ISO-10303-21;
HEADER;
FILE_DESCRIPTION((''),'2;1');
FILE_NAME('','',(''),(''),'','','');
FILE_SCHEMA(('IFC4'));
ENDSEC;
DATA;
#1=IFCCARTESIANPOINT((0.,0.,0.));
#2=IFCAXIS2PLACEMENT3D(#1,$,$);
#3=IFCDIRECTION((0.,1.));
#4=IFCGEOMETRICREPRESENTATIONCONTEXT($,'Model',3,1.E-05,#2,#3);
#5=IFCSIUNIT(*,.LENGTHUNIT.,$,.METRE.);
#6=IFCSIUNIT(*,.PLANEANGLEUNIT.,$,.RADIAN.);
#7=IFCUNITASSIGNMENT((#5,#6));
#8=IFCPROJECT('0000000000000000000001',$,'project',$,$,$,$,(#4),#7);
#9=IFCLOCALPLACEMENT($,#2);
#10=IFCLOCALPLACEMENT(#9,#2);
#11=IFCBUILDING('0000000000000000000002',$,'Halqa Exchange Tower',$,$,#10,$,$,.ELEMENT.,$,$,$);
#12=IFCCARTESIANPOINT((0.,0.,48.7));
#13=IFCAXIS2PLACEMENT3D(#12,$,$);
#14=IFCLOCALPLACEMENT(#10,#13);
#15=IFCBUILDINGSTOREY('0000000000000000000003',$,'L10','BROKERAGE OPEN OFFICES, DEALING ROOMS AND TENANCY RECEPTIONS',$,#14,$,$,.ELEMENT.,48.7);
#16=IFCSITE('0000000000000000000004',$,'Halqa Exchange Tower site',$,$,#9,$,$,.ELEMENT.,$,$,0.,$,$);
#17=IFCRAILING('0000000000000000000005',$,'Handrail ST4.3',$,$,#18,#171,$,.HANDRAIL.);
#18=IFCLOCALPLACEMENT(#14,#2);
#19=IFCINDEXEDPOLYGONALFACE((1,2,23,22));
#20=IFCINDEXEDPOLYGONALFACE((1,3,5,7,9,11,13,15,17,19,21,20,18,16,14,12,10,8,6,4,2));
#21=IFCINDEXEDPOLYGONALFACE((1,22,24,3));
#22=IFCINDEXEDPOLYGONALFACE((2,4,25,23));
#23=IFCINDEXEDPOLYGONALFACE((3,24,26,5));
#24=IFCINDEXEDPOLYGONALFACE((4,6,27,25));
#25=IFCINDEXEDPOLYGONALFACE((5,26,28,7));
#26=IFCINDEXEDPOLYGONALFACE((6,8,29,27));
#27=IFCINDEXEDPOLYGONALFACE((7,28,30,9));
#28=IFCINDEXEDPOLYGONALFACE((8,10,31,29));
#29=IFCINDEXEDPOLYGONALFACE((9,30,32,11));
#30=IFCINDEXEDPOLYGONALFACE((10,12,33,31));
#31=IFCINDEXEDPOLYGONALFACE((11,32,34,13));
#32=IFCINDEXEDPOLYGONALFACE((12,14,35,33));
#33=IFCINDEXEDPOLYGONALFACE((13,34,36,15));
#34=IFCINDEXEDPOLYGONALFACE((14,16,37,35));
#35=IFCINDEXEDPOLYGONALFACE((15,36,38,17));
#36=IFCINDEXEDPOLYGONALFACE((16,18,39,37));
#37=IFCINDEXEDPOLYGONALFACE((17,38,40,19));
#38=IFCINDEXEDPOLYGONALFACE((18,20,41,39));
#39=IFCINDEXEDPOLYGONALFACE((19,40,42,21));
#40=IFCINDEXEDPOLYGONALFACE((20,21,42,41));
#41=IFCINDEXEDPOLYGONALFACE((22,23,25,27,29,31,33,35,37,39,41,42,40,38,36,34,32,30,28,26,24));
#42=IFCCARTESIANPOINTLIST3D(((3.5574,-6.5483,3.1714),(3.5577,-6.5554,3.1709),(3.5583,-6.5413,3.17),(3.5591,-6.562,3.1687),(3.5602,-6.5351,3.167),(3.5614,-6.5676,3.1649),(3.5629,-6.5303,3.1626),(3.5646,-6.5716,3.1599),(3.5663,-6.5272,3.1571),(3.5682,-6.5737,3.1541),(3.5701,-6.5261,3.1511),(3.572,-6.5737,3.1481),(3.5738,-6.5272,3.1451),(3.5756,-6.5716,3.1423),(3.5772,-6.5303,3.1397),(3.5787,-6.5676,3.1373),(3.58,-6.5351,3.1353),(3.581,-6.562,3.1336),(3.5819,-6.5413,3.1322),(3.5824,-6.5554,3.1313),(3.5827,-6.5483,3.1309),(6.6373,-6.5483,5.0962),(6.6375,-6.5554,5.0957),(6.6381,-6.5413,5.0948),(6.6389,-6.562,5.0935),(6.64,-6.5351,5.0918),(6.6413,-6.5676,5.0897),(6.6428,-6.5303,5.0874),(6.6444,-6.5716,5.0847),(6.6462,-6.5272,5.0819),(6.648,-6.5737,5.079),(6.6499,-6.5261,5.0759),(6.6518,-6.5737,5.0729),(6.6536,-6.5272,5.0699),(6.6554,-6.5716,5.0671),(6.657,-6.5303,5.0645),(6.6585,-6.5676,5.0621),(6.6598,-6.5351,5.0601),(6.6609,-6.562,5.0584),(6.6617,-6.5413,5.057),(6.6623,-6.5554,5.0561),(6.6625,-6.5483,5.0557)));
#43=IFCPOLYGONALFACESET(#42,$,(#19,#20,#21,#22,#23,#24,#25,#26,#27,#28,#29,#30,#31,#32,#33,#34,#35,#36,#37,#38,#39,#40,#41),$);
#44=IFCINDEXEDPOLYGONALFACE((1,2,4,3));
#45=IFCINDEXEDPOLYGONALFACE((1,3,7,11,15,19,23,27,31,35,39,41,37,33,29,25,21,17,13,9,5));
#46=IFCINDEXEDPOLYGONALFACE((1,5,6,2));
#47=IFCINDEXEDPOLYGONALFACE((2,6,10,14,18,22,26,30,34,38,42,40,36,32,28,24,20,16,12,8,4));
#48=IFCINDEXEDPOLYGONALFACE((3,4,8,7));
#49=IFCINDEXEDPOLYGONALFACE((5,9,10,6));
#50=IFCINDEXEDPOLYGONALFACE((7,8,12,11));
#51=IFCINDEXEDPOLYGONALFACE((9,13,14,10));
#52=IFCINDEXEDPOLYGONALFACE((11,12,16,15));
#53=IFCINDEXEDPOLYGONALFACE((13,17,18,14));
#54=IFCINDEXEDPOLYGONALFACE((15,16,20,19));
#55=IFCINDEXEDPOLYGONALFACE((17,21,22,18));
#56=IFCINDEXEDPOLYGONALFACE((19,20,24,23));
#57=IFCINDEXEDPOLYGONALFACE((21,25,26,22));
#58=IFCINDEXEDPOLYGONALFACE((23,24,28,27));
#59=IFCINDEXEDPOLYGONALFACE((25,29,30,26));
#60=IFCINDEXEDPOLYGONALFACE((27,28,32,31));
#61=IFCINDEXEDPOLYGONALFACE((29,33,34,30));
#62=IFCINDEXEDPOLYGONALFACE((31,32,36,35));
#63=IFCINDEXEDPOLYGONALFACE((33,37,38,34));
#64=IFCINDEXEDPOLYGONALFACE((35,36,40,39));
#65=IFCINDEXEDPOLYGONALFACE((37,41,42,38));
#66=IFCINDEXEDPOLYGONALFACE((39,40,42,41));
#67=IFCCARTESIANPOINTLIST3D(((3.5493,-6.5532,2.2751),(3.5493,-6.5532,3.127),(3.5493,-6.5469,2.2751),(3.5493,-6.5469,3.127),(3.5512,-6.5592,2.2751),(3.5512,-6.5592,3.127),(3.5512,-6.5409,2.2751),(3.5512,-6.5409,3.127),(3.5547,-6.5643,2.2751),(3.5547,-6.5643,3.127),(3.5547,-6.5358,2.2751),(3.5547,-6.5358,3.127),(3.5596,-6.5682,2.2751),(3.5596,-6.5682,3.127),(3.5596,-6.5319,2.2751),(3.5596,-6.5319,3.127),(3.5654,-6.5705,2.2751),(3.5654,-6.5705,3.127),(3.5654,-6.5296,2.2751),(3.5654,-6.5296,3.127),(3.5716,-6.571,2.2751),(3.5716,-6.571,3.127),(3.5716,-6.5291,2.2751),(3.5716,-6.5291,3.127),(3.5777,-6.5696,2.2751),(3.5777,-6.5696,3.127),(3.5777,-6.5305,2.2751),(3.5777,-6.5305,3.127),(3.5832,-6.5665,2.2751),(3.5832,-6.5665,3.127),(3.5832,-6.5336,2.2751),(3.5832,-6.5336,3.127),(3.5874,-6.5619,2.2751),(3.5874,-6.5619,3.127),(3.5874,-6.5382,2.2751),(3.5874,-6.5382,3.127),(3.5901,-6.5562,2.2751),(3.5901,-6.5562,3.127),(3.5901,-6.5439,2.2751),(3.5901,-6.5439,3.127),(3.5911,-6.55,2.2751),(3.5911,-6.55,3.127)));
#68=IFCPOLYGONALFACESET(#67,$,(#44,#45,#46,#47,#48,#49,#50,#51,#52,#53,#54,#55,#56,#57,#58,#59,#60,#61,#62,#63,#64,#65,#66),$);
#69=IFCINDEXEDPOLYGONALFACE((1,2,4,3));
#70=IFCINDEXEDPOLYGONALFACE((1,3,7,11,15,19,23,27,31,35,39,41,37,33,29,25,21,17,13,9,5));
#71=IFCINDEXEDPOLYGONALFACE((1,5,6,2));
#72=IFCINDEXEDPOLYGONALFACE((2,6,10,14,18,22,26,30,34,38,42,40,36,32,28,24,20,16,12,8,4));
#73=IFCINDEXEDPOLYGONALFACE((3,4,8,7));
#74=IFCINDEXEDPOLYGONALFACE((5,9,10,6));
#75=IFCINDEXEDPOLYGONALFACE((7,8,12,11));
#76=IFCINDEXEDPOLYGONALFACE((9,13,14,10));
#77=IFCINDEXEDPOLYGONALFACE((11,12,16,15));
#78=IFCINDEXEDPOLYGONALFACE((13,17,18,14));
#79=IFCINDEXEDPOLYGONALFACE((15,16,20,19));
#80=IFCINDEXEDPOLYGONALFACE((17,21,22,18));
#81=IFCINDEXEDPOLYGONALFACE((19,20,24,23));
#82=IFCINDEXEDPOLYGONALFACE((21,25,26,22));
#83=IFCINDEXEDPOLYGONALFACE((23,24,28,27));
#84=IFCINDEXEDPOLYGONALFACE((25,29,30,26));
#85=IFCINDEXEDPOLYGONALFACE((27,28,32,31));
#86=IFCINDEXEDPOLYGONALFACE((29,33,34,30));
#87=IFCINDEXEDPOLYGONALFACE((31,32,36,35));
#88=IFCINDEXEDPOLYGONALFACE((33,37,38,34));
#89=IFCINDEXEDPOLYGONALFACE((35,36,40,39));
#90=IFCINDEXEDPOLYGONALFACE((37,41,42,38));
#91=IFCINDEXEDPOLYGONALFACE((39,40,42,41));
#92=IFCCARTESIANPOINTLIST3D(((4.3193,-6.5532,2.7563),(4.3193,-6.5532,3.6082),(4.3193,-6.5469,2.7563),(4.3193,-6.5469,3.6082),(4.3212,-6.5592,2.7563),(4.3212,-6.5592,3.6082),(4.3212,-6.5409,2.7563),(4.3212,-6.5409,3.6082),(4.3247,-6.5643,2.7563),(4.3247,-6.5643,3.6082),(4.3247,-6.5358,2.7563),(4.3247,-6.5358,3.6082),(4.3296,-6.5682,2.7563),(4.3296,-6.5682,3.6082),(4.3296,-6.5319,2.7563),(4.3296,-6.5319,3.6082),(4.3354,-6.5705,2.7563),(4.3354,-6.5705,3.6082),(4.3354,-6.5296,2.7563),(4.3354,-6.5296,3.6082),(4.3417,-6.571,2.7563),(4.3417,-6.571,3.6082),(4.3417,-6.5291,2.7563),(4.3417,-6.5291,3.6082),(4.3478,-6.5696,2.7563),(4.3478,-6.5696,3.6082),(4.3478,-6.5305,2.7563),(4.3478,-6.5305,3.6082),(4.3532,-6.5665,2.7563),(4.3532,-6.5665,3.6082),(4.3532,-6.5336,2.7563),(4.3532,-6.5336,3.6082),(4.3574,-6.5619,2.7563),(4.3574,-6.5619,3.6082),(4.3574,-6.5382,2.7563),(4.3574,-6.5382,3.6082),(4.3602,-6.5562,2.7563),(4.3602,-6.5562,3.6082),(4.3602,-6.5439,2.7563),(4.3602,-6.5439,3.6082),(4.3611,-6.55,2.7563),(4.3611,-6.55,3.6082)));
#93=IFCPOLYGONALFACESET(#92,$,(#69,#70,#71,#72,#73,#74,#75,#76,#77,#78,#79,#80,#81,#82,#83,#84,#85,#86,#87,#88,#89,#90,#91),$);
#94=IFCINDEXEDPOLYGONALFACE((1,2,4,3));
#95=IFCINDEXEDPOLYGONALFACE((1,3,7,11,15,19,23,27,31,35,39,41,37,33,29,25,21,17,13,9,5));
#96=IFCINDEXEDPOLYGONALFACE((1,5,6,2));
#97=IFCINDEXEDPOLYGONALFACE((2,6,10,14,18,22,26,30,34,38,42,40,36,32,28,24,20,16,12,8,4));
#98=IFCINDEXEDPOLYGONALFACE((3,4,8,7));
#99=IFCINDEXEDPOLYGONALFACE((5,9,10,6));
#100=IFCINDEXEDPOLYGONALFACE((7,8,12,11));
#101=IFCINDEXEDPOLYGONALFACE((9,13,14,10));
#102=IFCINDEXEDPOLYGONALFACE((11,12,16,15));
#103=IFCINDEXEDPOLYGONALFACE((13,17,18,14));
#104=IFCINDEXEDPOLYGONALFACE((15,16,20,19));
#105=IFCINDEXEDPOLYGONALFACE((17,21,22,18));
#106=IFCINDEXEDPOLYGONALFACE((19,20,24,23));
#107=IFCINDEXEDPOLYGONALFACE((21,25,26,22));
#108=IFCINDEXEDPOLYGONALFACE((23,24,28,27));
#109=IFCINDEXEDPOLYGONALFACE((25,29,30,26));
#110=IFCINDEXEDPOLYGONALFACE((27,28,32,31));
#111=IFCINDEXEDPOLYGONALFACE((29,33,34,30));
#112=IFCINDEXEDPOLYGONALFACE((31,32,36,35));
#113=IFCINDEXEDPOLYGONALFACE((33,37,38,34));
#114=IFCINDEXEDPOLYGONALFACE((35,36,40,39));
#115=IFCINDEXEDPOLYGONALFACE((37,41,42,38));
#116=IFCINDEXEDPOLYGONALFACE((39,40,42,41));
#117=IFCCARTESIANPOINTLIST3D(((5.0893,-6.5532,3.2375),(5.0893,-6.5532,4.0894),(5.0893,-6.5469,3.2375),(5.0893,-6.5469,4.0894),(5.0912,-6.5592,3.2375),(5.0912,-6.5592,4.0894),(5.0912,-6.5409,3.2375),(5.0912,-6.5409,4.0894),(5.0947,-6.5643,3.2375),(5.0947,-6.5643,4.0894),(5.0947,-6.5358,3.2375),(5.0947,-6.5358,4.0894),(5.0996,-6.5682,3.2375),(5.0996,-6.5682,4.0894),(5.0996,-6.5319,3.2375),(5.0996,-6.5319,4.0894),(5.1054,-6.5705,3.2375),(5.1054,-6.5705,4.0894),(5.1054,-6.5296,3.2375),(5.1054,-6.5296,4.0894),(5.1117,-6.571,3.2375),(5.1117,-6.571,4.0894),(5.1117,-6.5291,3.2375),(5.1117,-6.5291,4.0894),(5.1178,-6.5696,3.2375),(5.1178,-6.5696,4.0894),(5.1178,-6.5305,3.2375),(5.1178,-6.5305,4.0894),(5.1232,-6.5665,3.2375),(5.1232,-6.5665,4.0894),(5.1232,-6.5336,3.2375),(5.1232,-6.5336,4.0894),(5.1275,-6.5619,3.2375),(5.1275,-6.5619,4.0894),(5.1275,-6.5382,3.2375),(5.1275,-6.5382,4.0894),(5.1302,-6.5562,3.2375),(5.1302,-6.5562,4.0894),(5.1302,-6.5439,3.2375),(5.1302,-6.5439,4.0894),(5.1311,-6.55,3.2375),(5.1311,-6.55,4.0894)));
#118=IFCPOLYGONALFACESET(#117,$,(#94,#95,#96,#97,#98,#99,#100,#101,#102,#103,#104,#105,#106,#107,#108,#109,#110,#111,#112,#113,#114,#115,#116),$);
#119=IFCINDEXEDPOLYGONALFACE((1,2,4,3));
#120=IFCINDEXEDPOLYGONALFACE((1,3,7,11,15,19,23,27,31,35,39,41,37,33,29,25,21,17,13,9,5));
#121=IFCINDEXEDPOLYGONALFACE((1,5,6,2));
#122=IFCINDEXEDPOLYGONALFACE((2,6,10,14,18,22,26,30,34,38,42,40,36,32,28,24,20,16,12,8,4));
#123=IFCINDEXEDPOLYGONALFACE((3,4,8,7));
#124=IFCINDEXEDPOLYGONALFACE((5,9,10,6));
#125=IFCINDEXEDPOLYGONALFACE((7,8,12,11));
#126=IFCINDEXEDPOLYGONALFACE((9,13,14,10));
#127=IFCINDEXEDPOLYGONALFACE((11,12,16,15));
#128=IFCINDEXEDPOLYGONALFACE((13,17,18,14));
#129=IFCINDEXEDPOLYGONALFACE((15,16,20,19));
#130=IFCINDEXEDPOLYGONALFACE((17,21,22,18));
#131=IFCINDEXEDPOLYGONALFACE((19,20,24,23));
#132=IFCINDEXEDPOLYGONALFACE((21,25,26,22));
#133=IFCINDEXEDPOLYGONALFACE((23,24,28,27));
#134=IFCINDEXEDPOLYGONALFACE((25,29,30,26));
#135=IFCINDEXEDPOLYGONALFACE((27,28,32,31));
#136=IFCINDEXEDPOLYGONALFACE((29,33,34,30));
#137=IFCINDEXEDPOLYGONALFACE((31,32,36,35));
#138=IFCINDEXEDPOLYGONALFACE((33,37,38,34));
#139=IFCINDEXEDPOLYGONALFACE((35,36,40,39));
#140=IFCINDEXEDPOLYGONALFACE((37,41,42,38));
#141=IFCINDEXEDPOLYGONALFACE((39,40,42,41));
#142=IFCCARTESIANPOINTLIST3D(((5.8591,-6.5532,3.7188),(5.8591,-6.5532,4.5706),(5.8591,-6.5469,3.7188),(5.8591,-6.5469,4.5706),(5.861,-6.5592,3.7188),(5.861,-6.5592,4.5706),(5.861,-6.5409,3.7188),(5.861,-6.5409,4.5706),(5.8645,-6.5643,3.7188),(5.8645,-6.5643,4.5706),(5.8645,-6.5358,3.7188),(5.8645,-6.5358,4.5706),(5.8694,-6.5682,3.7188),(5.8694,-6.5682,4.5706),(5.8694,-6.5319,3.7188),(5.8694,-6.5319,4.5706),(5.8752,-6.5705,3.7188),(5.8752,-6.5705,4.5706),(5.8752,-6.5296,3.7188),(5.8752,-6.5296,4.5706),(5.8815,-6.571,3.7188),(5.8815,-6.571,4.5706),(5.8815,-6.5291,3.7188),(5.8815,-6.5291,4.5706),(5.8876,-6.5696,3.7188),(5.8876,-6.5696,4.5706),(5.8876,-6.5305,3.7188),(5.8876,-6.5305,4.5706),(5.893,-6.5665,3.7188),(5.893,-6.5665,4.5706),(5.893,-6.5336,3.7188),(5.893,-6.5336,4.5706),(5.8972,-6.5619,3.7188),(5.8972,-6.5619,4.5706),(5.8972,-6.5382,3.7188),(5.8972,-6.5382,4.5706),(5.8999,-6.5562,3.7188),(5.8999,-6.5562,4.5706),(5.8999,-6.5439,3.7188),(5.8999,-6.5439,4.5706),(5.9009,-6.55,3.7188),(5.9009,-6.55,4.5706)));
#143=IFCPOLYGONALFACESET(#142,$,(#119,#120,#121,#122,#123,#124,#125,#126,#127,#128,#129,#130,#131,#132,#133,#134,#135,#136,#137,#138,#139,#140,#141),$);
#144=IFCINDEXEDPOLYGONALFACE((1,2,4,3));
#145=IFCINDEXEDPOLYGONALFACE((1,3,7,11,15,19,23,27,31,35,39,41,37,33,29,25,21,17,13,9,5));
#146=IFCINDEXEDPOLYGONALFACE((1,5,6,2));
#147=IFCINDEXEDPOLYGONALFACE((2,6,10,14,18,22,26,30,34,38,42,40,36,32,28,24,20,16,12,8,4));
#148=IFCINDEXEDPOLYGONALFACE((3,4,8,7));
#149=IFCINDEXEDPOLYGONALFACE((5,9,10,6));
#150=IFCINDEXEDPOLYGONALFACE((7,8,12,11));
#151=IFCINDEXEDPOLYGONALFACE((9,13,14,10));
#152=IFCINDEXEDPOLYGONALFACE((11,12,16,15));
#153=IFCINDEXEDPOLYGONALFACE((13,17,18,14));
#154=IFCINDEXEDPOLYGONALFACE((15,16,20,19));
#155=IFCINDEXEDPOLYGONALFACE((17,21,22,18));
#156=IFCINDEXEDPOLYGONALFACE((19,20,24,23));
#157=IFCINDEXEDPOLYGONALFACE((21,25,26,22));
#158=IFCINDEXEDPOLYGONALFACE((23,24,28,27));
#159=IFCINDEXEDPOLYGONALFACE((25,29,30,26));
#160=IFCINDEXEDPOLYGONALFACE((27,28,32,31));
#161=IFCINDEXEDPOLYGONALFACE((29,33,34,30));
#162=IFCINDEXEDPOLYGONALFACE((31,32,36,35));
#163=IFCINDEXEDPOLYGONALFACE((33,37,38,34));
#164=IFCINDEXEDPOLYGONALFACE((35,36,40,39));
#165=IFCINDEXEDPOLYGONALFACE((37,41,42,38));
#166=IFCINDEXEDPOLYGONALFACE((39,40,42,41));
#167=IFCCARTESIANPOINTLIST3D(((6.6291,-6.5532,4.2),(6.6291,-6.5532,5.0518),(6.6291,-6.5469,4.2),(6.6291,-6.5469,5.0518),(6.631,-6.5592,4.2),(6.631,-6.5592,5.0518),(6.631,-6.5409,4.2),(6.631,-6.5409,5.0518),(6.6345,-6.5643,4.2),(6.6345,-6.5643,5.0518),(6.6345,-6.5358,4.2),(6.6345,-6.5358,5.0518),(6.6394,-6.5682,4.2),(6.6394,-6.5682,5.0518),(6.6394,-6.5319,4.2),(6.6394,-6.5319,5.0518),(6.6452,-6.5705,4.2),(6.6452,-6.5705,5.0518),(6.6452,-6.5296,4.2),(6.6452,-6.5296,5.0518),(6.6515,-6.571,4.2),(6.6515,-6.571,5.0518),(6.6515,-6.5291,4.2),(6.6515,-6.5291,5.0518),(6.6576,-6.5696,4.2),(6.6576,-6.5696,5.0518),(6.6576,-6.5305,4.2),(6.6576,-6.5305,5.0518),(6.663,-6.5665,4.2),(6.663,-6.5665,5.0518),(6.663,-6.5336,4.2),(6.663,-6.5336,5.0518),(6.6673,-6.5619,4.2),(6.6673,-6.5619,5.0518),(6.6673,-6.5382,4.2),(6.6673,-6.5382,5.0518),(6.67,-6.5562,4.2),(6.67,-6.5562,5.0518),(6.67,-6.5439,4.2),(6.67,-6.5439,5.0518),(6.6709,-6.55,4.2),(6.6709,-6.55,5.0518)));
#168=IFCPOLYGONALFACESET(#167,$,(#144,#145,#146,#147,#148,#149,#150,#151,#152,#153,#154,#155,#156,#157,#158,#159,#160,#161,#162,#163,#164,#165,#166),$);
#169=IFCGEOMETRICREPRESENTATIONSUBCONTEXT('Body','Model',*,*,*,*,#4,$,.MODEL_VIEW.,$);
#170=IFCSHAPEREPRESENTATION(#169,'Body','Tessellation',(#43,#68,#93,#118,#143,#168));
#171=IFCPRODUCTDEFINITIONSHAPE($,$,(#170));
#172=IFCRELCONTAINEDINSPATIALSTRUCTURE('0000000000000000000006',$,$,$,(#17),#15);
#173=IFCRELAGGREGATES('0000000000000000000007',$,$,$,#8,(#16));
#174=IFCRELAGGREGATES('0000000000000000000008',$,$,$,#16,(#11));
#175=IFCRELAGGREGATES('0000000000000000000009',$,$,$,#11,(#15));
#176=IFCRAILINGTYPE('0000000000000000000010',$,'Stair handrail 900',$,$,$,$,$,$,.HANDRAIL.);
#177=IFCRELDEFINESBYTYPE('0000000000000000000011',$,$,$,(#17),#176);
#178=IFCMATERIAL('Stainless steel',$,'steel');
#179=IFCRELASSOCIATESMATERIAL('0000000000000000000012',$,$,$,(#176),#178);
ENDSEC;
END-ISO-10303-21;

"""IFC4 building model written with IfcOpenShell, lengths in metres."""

from ifc_helpers import new_model, si_unit, direction, frame, origin, origin_2d, place, context, subcontext, project, spatial, circle, extrude, material, type_object, element, save


model = new_model("IFC4")

# Units and contexts
model_context = context("Model", 3, precision=1e-05, world=origin(), true_north=direction((0.0, 1.0)))
body_context = subcontext(model_context, "Body", "Model", "MODEL_VIEW")
ifc_project = project(units=[si_unit("LENGTHUNIT", "METRE"), si_unit("PLANEANGLEUNIT", "RADIAN")], contexts=[model_context])

# Site, building, storey
site_placement = place(None, origin())
site = spatial("IfcSite", under=ifc_project, at=site_placement, Name="Halqa Exchange Tower site", CompositionType="ELEMENT", RefElevation=0.0)
building_placement = place(site_placement, origin())
building = spatial("IfcBuilding", under=site, at=building_placement, Name="Halqa Exchange Tower", CompositionType="ELEMENT")
storey_placement = place(building_placement, frame((0.0, 0.0, 48.7)))
storey = spatial("IfcBuildingStorey", under=building, at=storey_placement, Name="L10", Description="BROKERAGE OPEN OFFICES, DEALING ROOMS AND TENANCY RECEPTIONS", CompositionType="ELEMENT", Elevation=48.7)

# Railing
ifc_material_1 = material(Name="Stainless steel", Category="steel")
railing_type_1 = type_object("IfcRailingType", Name="Stair handrail 900", PredefinedType="HANDRAIL", material=ifc_material_1)
railing_1_placement = place(storey_placement, frame((3.5701, -6.55, 2.2751)))
element("IfcRailing", 1, at=railing_1_placement, inside=storey, type_object=railing_type_1, Name="Handrail ST4.3", PredefinedType="HANDRAIL", context=body_context, shape_type="SweptSolid", body=[
    extrude(circle(Radius=0.0239, at=origin_2d()), frame((0.0, 0.0, 0.876), z_axis=(0.84801, 0.0, 0.529981), x_axis=(0.0, 1.0, 0.0)), (0.0, 0.0, 1.0), 3.6318),
    extrude(circle(Radius=0.021, at=origin_2d()), origin(), (0.0, 0.0, 1.0), 0.8518),
    extrude(circle(Radius=0.021, at=origin_2d()), frame((0.77, 0.0, 0.4812)), (0.0, 0.0, 1.0), 0.8518),
    extrude(circle(Radius=0.021, at=origin_2d()), frame((1.54, 0.0, 0.9624)), (0.0, 0.0, 1.0), 0.8518),
    extrude(circle(Radius=0.021, at=origin_2d()), frame((2.3098, 0.0, 1.4436)), (0.0, 0.0, 1.0), 0.8518),
    extrude(circle(Radius=0.021, at=origin_2d()), frame((3.0798, 0.0, 1.9248)), (0.0, 0.0, 1.0), 0.8518),
])

save(model, "model.ifc")
